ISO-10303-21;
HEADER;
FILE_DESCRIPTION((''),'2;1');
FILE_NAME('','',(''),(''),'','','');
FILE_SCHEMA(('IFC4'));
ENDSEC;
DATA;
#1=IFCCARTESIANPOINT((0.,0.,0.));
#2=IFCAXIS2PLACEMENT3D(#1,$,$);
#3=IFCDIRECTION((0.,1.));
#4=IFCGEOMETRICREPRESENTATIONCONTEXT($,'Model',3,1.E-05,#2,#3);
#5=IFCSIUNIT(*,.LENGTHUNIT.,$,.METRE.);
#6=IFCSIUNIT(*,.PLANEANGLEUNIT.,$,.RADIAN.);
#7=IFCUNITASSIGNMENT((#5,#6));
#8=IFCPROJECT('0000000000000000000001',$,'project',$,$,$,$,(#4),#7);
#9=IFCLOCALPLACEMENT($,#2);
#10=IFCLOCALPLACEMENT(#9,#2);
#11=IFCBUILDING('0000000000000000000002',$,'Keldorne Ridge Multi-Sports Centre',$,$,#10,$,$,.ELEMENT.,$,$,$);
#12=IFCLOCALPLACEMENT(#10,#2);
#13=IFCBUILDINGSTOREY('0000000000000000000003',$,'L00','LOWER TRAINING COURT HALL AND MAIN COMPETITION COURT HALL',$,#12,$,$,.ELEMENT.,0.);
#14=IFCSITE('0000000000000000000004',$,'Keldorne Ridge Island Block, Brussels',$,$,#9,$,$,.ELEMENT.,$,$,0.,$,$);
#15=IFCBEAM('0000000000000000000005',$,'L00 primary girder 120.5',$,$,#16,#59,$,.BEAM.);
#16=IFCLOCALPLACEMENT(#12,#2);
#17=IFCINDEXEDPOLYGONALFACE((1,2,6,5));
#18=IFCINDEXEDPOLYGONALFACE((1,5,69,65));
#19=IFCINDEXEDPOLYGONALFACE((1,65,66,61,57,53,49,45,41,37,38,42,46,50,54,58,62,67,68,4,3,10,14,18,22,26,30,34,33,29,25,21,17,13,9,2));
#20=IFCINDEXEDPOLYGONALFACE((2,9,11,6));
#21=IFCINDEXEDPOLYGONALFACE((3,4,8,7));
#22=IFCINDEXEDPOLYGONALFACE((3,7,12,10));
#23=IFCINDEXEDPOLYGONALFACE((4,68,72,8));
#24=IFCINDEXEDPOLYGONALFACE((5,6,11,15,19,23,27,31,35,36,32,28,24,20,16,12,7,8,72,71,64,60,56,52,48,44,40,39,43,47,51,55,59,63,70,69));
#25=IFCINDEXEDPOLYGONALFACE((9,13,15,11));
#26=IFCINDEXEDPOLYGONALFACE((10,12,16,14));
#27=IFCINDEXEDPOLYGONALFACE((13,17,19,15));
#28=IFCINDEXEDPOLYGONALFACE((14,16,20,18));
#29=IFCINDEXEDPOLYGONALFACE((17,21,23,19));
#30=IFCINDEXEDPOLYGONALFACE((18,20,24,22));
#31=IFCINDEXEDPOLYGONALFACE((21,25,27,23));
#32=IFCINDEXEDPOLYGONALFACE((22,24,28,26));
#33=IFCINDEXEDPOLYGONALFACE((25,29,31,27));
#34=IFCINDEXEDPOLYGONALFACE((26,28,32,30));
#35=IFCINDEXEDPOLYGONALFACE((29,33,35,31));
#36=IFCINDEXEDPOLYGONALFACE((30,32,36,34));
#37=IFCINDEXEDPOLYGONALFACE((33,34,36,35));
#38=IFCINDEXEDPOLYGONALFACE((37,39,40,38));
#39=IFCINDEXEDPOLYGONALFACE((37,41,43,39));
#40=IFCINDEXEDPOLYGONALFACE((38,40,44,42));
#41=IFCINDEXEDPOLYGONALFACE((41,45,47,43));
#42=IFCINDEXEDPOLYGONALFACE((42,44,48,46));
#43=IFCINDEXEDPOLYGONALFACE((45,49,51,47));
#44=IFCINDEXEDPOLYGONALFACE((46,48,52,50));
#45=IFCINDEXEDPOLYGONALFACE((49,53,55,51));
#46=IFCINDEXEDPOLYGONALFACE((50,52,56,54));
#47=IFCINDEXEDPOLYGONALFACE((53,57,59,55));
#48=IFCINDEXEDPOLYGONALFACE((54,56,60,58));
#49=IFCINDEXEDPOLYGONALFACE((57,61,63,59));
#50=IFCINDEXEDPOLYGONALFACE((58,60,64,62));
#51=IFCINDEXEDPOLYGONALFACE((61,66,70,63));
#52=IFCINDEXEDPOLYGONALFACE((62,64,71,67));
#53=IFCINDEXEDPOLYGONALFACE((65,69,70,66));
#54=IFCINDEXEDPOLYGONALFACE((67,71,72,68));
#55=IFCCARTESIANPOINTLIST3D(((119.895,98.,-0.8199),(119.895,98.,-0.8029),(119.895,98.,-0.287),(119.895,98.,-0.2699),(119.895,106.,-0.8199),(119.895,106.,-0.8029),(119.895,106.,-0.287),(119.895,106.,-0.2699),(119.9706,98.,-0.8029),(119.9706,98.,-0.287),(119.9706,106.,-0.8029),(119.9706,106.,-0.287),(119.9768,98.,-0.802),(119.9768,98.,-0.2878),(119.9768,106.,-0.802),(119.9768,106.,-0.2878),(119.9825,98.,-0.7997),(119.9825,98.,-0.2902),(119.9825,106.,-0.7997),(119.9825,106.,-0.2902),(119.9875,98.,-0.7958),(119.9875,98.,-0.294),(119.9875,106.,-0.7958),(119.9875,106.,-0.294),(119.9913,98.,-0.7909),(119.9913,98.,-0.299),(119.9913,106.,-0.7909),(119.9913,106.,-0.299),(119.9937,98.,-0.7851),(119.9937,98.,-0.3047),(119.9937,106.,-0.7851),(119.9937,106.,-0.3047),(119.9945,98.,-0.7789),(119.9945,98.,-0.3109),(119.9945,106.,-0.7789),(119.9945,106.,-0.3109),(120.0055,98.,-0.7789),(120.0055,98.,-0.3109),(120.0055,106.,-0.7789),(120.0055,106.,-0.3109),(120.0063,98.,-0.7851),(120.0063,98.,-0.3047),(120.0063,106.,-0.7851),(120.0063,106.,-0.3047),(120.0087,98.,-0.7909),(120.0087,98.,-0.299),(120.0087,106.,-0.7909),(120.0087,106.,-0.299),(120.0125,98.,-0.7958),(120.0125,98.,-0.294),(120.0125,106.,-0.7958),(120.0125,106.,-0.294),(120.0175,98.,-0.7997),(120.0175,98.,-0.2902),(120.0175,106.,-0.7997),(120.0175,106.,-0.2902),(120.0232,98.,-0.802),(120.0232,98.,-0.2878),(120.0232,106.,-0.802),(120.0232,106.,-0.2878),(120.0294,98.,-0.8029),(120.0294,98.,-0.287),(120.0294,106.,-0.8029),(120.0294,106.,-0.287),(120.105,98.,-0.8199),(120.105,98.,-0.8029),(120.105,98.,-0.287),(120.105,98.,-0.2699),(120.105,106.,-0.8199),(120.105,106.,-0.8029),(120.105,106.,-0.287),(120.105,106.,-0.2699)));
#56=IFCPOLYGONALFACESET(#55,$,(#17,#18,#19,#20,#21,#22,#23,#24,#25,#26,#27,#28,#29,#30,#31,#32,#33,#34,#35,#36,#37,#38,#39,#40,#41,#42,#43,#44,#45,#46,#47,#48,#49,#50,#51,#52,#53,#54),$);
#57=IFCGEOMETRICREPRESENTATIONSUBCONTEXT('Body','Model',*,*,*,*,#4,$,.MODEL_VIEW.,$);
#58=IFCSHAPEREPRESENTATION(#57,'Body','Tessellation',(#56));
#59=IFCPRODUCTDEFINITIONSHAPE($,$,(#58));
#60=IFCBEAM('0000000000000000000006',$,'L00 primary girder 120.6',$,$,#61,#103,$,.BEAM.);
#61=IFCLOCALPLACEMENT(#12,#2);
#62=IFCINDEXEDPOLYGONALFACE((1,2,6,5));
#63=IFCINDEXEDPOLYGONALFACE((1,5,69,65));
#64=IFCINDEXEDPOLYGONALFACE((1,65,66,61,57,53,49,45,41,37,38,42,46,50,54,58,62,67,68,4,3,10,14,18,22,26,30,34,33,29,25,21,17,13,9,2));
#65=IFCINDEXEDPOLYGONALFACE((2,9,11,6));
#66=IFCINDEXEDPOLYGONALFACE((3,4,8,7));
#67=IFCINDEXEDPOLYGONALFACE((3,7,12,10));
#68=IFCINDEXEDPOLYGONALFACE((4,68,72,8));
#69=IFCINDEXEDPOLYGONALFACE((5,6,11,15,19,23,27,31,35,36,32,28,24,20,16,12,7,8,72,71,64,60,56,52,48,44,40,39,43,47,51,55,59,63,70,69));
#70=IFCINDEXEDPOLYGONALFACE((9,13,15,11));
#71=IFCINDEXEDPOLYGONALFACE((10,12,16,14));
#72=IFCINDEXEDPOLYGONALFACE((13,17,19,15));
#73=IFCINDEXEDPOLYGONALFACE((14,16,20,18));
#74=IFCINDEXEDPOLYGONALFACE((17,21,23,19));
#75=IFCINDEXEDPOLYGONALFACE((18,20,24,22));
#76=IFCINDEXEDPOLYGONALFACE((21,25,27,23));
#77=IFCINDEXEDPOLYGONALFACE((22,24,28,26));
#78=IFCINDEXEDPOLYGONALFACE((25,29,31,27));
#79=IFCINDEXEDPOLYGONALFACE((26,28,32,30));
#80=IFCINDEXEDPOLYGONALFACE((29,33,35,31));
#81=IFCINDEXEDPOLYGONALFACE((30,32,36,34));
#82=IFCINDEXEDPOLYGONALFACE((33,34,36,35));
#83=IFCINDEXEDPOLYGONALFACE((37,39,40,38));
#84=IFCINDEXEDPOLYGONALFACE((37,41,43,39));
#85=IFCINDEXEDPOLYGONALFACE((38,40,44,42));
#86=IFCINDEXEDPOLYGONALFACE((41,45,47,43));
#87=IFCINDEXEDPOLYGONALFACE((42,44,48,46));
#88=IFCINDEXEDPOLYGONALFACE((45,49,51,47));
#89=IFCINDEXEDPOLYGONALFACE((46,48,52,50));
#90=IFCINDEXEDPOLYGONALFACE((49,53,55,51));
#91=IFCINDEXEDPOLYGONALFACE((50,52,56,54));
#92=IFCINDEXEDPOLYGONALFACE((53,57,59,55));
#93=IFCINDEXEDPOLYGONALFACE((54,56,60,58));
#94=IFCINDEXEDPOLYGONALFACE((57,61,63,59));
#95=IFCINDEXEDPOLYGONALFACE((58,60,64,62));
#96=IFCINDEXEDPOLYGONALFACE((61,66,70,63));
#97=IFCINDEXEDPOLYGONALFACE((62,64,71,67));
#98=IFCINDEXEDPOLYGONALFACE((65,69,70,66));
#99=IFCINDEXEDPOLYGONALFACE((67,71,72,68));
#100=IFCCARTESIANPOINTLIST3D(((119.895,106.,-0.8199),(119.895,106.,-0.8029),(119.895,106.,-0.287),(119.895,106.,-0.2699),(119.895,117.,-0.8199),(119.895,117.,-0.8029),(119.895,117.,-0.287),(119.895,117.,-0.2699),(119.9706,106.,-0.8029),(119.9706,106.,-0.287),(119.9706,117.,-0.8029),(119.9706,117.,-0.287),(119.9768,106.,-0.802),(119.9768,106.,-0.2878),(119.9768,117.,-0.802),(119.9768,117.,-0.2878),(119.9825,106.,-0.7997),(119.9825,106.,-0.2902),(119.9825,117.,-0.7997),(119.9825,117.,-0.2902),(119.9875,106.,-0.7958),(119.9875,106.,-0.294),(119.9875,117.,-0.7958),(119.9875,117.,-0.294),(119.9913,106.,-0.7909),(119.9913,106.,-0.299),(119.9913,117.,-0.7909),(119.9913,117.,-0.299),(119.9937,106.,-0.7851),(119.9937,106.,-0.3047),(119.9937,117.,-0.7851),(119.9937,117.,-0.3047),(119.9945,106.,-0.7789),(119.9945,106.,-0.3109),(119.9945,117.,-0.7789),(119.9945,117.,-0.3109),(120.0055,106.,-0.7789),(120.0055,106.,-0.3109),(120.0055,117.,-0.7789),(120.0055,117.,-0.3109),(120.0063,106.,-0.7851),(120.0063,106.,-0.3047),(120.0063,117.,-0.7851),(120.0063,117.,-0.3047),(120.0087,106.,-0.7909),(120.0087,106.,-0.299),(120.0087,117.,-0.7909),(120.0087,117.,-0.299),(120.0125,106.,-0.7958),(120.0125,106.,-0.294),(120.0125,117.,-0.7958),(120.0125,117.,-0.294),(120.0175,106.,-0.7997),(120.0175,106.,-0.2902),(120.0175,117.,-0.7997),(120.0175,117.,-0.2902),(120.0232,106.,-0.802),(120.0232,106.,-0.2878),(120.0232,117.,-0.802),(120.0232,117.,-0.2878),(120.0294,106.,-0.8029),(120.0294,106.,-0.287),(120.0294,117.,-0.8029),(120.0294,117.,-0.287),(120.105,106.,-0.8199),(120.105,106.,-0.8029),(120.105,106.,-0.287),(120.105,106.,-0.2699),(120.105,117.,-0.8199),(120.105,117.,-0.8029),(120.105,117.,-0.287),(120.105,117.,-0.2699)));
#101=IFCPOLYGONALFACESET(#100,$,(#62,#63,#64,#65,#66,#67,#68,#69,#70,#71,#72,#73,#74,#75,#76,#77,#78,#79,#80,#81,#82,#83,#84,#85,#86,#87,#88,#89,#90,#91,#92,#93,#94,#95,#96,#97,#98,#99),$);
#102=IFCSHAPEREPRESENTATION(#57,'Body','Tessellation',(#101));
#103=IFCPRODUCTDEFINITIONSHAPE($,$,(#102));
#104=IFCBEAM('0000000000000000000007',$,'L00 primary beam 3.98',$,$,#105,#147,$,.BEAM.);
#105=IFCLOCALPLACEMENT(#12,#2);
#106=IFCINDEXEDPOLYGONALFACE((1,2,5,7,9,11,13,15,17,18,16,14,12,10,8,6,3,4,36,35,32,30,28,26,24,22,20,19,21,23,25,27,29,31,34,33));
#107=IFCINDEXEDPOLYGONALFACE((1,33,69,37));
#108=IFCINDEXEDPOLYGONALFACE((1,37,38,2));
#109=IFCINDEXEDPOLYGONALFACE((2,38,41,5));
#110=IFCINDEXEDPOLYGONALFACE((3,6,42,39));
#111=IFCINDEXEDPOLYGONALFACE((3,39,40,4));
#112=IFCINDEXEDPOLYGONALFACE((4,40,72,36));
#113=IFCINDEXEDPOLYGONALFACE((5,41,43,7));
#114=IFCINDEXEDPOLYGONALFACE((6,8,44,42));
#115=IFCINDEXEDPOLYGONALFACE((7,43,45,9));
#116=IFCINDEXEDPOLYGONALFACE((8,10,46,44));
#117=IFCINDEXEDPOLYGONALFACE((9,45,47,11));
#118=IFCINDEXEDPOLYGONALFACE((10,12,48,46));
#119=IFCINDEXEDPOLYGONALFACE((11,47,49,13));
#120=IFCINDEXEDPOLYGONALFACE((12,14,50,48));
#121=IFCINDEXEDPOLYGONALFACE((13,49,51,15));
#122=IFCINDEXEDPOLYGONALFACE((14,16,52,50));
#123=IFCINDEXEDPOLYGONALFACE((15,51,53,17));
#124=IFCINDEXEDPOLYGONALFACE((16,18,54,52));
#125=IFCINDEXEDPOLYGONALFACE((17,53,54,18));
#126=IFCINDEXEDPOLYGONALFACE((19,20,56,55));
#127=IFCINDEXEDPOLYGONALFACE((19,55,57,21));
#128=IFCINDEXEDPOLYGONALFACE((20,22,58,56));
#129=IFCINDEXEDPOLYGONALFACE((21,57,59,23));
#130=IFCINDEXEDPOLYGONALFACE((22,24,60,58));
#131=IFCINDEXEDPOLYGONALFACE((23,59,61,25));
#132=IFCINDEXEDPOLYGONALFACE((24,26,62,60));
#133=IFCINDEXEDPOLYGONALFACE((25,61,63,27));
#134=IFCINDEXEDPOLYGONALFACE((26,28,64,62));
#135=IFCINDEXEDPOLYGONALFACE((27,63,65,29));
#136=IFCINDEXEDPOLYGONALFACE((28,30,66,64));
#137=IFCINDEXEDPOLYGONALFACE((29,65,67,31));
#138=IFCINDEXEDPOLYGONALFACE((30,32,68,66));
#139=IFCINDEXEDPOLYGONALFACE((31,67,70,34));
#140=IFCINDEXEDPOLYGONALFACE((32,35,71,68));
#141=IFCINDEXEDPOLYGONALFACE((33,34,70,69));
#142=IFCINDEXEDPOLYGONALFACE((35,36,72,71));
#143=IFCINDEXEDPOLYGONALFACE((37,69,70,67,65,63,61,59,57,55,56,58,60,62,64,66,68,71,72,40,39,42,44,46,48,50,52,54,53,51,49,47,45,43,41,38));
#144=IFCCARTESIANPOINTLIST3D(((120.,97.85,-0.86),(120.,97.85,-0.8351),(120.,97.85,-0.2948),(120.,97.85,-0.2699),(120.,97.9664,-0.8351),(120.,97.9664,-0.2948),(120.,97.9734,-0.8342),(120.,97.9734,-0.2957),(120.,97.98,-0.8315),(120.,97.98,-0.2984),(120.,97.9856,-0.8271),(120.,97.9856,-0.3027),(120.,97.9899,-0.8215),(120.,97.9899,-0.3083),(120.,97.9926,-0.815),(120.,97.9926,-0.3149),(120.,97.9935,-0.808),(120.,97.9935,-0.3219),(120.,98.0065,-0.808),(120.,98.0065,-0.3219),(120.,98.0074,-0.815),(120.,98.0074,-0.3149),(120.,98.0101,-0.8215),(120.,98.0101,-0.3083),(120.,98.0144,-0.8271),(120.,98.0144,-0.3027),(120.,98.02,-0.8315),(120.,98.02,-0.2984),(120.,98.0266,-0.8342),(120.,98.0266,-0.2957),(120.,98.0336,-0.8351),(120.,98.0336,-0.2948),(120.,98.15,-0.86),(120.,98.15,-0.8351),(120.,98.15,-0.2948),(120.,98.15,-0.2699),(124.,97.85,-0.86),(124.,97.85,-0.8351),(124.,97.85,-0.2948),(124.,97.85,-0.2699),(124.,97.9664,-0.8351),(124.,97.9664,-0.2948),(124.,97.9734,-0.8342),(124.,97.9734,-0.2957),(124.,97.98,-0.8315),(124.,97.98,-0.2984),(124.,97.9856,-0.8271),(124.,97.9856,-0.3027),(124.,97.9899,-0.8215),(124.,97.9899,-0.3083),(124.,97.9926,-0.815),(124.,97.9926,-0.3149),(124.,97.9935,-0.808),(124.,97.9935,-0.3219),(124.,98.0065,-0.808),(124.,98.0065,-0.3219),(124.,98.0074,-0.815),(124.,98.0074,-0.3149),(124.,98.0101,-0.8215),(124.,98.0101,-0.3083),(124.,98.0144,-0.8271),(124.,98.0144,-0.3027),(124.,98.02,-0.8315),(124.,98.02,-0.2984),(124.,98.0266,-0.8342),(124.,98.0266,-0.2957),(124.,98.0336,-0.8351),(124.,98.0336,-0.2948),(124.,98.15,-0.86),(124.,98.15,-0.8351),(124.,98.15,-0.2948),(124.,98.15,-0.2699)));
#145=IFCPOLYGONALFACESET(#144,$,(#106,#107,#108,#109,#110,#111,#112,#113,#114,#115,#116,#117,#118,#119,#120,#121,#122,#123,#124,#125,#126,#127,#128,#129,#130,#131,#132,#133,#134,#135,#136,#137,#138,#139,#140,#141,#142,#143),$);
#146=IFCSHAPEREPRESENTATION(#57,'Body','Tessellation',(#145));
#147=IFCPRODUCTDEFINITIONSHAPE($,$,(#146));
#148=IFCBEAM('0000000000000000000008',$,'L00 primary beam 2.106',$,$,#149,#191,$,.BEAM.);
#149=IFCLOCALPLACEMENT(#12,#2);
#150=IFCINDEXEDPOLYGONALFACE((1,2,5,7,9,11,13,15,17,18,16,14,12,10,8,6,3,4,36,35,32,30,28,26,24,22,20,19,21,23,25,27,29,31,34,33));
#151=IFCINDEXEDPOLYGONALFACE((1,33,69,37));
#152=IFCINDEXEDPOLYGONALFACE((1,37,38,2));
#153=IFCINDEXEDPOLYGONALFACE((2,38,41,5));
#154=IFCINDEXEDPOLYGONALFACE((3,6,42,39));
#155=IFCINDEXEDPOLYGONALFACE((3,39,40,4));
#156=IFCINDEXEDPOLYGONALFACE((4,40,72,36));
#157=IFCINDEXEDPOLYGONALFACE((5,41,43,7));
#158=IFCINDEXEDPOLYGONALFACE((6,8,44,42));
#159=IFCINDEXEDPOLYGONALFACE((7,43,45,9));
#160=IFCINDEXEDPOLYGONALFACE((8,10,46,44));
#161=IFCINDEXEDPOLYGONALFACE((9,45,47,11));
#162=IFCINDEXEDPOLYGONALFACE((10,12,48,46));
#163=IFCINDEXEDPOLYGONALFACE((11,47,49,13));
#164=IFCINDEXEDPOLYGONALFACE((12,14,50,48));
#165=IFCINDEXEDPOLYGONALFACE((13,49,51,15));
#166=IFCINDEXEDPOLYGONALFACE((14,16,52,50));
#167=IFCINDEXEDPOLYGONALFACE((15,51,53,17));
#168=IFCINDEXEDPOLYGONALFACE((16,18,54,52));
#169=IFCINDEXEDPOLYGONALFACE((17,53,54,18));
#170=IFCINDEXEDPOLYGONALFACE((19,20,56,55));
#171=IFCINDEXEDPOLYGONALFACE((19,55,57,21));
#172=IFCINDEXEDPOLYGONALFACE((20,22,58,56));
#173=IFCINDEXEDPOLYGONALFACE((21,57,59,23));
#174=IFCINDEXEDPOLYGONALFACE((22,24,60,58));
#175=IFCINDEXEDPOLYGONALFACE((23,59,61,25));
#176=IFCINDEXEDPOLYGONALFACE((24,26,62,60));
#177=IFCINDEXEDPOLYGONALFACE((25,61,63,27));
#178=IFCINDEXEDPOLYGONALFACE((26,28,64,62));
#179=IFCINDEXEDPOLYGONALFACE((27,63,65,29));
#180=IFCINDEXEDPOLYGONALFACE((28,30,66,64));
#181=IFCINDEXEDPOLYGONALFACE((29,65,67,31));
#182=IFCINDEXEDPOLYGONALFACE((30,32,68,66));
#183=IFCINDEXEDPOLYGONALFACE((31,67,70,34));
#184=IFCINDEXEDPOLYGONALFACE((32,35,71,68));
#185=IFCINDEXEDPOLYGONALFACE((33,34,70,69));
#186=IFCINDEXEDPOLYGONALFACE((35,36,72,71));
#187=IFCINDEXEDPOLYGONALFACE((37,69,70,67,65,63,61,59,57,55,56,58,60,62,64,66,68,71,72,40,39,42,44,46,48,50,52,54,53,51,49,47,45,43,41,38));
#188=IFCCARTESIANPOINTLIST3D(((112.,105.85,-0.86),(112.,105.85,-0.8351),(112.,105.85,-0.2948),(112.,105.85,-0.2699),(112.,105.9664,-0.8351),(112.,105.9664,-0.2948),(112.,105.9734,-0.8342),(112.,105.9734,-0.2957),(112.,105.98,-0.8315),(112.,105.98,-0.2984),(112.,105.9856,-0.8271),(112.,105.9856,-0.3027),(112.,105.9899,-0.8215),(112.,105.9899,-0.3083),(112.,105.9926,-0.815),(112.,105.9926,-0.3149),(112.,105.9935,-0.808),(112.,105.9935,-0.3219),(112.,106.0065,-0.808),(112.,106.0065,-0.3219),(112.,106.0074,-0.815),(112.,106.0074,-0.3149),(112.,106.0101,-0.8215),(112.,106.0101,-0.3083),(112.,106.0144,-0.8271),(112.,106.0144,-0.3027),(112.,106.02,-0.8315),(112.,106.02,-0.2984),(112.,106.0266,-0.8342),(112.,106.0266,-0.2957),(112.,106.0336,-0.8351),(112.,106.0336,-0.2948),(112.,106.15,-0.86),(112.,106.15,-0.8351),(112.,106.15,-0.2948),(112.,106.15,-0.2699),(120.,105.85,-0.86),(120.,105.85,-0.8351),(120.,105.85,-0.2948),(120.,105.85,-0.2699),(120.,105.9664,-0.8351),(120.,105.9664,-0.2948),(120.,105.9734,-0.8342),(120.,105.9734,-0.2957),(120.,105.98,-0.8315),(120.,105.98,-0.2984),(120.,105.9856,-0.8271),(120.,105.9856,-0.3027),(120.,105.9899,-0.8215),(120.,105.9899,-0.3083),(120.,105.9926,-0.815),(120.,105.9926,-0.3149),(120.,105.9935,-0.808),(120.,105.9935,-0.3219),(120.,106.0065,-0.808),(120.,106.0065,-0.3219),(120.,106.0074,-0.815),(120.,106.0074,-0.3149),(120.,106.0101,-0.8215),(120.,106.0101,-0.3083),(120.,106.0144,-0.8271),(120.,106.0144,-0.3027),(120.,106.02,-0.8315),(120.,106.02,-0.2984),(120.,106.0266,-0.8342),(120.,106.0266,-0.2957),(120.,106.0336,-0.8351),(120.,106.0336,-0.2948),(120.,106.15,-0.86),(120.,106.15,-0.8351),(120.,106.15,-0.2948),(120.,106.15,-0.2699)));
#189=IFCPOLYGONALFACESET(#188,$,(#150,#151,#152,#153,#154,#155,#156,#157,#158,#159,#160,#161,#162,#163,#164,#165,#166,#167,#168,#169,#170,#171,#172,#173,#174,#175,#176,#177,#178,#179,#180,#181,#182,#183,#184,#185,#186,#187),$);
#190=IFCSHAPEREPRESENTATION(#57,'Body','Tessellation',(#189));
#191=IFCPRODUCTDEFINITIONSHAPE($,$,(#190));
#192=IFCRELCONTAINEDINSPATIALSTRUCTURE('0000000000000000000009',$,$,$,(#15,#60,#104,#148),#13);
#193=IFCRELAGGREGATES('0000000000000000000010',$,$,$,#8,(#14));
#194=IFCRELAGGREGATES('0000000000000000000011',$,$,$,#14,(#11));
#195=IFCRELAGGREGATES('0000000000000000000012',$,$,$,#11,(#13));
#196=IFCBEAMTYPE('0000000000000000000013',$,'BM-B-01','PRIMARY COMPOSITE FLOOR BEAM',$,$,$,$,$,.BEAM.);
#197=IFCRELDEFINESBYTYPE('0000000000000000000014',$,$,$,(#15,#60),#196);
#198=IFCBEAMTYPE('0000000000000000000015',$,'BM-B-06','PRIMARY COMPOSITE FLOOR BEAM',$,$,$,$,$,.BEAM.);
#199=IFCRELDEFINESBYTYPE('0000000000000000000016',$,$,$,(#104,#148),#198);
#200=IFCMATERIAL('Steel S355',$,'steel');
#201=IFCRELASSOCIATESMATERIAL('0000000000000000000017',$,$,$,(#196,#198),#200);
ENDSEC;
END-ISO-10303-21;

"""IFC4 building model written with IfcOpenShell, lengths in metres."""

from ifc_helpers import new_model, si_unit, direction, frame, origin, origin_2d, place, context, subcontext, project, spatial, i_section, extrude, material, material_profile, profile_set, type_object, element, save


model = new_model("IFC4")

# Units and contexts
model_context = context("Model", 3, precision=1e-05, world=origin(), true_north=direction((0.0, 1.0)))
body_context = subcontext(model_context, "Body", "Model", "MODEL_VIEW")
ifc_project = project(units=[si_unit("LENGTHUNIT", "METRE"), si_unit("PLANEANGLEUNIT", "RADIAN")], contexts=[model_context])

# Site, building, storey
site_placement = place(None, origin())
site = spatial("IfcSite", under=ifc_project, at=site_placement, Name="Keldorne Ridge Island Block, Brussels", CompositionType="ELEMENT", RefElevation=0.0)
building_placement = place(site_placement, origin())
building = spatial("IfcBuilding", under=site, at=building_placement, Name="Keldorne Ridge Multi-Sports Centre", CompositionType="ELEMENT")
storey_placement = place(building_placement, origin())
storey = spatial("IfcBuildingStorey", under=building, at=storey_placement, Name="L00", Description="LOWER TRAINING COURT HALL AND MAIN COMPETITION COURT HALL", CompositionType="ELEMENT", Elevation=0.0)

# Shared definitions
ifc_material_1 = material(Name="Steel S355", Category="steel")

# Beams
ifc_material_profile_1 = material_profile(ifc_material_1, i_section(OverallWidth=0.21, OverallDepth=0.55, WebThickness=0.011, FlangeThickness=0.0171, FilletRadius=0.0239, at=origin_2d()), Name="IPE 550")
ifc_profile_set_1 = profile_set([ifc_material_profile_1], Name="Steel S355")
beam_type_1 = type_object("IfcBeamType", Name="BM-B-01", Description="PRIMARY COMPOSITE FLOOR BEAM", PredefinedType="BEAM", material=ifc_profile_set_1)
beam_1_placement = place(storey_placement, frame((120.0, 98.0, -0.5449), z_axis=(0.0, 1.0, 0.0), x_axis=(-1.0, 0.0, 0.0)))
element("IfcBeam", 1, at=beam_1_placement, inside=storey, type_object=beam_type_1, Name="L00 primary girder 120.5", PredefinedType="BEAM", context=body_context, shape_type="SweptSolid", body=[
    extrude(i_section(OverallWidth=0.21, OverallDepth=0.55, WebThickness=0.011, FlangeThickness=0.0171, FilletRadius=0.0239, at=origin_2d()), origin(), (0.0, 0.0, 1.0), 8.0),
])
beam_2_placement = place(storey_placement, frame((120.0, 106.0, -0.5449), z_axis=(0.0, 1.0, 0.0), x_axis=(-1.0, 0.0, 0.0)))
element("IfcBeam", 2, at=beam_2_placement, inside=storey, type_object=beam_type_1, Name="L00 primary girder 120.6", PredefinedType="BEAM", context=body_context, shape_type="SweptSolid", body=[
    extrude(i_section(OverallWidth=0.21, OverallDepth=0.55, WebThickness=0.011, FlangeThickness=0.0171, FilletRadius=0.0239, at=origin_2d()), origin(), (0.0, 0.0, 1.0), 11.0),
])
ifc_material_profile_2 = material_profile(ifc_material_1, i_section(OverallWidth=0.3, OverallDepth=0.5901, WebThickness=0.0129, FlangeThickness=0.0249, FilletRadius=0.0271, at=origin_2d()), Name="HEA 600")
ifc_profile_set_2 = profile_set([ifc_material_profile_2], Name="Steel S355")
beam_type_2 = type_object("IfcBeamType", Name="BM-B-06", Description="PRIMARY COMPOSITE FLOOR BEAM", PredefinedType="BEAM", material=ifc_profile_set_2)
beam_3_placement = place(storey_placement, frame((120.0, 98.0, -0.5649), z_axis=(1.0, 0.0, 0.0), x_axis=(0.0, 1.0, 0.0)))
element("IfcBeam", 3, at=beam_3_placement, inside=storey, type_object=beam_type_2, Name="L00 primary beam 3.98", PredefinedType="BEAM", context=body_context, shape_type="SweptSolid", body=[
    extrude(i_section(OverallWidth=0.3, OverallDepth=0.5901, WebThickness=0.0129, FlangeThickness=0.0249, FilletRadius=0.0271, at=origin_2d()), origin(), (0.0, 0.0, 1.0), 4.0),
])
beam_4_placement = place(storey_placement, frame((112.0, 106.0, -0.5649), z_axis=(1.0, 0.0, 0.0), x_axis=(0.0, 1.0, 0.0)))
element("IfcBeam", 4, at=beam_4_placement, inside=storey, type_object=beam_type_2, Name="L00 primary beam 2.106", PredefinedType="BEAM", context=body_context, shape_type="SweptSolid", body=[
    extrude(i_section(OverallWidth=0.3, OverallDepth=0.5901, WebThickness=0.0129, FlangeThickness=0.0249, FilletRadius=0.0271, at=origin_2d()), origin(), (0.0, 0.0, 1.0), 8.0),
])

save(model, "model.ifc")
